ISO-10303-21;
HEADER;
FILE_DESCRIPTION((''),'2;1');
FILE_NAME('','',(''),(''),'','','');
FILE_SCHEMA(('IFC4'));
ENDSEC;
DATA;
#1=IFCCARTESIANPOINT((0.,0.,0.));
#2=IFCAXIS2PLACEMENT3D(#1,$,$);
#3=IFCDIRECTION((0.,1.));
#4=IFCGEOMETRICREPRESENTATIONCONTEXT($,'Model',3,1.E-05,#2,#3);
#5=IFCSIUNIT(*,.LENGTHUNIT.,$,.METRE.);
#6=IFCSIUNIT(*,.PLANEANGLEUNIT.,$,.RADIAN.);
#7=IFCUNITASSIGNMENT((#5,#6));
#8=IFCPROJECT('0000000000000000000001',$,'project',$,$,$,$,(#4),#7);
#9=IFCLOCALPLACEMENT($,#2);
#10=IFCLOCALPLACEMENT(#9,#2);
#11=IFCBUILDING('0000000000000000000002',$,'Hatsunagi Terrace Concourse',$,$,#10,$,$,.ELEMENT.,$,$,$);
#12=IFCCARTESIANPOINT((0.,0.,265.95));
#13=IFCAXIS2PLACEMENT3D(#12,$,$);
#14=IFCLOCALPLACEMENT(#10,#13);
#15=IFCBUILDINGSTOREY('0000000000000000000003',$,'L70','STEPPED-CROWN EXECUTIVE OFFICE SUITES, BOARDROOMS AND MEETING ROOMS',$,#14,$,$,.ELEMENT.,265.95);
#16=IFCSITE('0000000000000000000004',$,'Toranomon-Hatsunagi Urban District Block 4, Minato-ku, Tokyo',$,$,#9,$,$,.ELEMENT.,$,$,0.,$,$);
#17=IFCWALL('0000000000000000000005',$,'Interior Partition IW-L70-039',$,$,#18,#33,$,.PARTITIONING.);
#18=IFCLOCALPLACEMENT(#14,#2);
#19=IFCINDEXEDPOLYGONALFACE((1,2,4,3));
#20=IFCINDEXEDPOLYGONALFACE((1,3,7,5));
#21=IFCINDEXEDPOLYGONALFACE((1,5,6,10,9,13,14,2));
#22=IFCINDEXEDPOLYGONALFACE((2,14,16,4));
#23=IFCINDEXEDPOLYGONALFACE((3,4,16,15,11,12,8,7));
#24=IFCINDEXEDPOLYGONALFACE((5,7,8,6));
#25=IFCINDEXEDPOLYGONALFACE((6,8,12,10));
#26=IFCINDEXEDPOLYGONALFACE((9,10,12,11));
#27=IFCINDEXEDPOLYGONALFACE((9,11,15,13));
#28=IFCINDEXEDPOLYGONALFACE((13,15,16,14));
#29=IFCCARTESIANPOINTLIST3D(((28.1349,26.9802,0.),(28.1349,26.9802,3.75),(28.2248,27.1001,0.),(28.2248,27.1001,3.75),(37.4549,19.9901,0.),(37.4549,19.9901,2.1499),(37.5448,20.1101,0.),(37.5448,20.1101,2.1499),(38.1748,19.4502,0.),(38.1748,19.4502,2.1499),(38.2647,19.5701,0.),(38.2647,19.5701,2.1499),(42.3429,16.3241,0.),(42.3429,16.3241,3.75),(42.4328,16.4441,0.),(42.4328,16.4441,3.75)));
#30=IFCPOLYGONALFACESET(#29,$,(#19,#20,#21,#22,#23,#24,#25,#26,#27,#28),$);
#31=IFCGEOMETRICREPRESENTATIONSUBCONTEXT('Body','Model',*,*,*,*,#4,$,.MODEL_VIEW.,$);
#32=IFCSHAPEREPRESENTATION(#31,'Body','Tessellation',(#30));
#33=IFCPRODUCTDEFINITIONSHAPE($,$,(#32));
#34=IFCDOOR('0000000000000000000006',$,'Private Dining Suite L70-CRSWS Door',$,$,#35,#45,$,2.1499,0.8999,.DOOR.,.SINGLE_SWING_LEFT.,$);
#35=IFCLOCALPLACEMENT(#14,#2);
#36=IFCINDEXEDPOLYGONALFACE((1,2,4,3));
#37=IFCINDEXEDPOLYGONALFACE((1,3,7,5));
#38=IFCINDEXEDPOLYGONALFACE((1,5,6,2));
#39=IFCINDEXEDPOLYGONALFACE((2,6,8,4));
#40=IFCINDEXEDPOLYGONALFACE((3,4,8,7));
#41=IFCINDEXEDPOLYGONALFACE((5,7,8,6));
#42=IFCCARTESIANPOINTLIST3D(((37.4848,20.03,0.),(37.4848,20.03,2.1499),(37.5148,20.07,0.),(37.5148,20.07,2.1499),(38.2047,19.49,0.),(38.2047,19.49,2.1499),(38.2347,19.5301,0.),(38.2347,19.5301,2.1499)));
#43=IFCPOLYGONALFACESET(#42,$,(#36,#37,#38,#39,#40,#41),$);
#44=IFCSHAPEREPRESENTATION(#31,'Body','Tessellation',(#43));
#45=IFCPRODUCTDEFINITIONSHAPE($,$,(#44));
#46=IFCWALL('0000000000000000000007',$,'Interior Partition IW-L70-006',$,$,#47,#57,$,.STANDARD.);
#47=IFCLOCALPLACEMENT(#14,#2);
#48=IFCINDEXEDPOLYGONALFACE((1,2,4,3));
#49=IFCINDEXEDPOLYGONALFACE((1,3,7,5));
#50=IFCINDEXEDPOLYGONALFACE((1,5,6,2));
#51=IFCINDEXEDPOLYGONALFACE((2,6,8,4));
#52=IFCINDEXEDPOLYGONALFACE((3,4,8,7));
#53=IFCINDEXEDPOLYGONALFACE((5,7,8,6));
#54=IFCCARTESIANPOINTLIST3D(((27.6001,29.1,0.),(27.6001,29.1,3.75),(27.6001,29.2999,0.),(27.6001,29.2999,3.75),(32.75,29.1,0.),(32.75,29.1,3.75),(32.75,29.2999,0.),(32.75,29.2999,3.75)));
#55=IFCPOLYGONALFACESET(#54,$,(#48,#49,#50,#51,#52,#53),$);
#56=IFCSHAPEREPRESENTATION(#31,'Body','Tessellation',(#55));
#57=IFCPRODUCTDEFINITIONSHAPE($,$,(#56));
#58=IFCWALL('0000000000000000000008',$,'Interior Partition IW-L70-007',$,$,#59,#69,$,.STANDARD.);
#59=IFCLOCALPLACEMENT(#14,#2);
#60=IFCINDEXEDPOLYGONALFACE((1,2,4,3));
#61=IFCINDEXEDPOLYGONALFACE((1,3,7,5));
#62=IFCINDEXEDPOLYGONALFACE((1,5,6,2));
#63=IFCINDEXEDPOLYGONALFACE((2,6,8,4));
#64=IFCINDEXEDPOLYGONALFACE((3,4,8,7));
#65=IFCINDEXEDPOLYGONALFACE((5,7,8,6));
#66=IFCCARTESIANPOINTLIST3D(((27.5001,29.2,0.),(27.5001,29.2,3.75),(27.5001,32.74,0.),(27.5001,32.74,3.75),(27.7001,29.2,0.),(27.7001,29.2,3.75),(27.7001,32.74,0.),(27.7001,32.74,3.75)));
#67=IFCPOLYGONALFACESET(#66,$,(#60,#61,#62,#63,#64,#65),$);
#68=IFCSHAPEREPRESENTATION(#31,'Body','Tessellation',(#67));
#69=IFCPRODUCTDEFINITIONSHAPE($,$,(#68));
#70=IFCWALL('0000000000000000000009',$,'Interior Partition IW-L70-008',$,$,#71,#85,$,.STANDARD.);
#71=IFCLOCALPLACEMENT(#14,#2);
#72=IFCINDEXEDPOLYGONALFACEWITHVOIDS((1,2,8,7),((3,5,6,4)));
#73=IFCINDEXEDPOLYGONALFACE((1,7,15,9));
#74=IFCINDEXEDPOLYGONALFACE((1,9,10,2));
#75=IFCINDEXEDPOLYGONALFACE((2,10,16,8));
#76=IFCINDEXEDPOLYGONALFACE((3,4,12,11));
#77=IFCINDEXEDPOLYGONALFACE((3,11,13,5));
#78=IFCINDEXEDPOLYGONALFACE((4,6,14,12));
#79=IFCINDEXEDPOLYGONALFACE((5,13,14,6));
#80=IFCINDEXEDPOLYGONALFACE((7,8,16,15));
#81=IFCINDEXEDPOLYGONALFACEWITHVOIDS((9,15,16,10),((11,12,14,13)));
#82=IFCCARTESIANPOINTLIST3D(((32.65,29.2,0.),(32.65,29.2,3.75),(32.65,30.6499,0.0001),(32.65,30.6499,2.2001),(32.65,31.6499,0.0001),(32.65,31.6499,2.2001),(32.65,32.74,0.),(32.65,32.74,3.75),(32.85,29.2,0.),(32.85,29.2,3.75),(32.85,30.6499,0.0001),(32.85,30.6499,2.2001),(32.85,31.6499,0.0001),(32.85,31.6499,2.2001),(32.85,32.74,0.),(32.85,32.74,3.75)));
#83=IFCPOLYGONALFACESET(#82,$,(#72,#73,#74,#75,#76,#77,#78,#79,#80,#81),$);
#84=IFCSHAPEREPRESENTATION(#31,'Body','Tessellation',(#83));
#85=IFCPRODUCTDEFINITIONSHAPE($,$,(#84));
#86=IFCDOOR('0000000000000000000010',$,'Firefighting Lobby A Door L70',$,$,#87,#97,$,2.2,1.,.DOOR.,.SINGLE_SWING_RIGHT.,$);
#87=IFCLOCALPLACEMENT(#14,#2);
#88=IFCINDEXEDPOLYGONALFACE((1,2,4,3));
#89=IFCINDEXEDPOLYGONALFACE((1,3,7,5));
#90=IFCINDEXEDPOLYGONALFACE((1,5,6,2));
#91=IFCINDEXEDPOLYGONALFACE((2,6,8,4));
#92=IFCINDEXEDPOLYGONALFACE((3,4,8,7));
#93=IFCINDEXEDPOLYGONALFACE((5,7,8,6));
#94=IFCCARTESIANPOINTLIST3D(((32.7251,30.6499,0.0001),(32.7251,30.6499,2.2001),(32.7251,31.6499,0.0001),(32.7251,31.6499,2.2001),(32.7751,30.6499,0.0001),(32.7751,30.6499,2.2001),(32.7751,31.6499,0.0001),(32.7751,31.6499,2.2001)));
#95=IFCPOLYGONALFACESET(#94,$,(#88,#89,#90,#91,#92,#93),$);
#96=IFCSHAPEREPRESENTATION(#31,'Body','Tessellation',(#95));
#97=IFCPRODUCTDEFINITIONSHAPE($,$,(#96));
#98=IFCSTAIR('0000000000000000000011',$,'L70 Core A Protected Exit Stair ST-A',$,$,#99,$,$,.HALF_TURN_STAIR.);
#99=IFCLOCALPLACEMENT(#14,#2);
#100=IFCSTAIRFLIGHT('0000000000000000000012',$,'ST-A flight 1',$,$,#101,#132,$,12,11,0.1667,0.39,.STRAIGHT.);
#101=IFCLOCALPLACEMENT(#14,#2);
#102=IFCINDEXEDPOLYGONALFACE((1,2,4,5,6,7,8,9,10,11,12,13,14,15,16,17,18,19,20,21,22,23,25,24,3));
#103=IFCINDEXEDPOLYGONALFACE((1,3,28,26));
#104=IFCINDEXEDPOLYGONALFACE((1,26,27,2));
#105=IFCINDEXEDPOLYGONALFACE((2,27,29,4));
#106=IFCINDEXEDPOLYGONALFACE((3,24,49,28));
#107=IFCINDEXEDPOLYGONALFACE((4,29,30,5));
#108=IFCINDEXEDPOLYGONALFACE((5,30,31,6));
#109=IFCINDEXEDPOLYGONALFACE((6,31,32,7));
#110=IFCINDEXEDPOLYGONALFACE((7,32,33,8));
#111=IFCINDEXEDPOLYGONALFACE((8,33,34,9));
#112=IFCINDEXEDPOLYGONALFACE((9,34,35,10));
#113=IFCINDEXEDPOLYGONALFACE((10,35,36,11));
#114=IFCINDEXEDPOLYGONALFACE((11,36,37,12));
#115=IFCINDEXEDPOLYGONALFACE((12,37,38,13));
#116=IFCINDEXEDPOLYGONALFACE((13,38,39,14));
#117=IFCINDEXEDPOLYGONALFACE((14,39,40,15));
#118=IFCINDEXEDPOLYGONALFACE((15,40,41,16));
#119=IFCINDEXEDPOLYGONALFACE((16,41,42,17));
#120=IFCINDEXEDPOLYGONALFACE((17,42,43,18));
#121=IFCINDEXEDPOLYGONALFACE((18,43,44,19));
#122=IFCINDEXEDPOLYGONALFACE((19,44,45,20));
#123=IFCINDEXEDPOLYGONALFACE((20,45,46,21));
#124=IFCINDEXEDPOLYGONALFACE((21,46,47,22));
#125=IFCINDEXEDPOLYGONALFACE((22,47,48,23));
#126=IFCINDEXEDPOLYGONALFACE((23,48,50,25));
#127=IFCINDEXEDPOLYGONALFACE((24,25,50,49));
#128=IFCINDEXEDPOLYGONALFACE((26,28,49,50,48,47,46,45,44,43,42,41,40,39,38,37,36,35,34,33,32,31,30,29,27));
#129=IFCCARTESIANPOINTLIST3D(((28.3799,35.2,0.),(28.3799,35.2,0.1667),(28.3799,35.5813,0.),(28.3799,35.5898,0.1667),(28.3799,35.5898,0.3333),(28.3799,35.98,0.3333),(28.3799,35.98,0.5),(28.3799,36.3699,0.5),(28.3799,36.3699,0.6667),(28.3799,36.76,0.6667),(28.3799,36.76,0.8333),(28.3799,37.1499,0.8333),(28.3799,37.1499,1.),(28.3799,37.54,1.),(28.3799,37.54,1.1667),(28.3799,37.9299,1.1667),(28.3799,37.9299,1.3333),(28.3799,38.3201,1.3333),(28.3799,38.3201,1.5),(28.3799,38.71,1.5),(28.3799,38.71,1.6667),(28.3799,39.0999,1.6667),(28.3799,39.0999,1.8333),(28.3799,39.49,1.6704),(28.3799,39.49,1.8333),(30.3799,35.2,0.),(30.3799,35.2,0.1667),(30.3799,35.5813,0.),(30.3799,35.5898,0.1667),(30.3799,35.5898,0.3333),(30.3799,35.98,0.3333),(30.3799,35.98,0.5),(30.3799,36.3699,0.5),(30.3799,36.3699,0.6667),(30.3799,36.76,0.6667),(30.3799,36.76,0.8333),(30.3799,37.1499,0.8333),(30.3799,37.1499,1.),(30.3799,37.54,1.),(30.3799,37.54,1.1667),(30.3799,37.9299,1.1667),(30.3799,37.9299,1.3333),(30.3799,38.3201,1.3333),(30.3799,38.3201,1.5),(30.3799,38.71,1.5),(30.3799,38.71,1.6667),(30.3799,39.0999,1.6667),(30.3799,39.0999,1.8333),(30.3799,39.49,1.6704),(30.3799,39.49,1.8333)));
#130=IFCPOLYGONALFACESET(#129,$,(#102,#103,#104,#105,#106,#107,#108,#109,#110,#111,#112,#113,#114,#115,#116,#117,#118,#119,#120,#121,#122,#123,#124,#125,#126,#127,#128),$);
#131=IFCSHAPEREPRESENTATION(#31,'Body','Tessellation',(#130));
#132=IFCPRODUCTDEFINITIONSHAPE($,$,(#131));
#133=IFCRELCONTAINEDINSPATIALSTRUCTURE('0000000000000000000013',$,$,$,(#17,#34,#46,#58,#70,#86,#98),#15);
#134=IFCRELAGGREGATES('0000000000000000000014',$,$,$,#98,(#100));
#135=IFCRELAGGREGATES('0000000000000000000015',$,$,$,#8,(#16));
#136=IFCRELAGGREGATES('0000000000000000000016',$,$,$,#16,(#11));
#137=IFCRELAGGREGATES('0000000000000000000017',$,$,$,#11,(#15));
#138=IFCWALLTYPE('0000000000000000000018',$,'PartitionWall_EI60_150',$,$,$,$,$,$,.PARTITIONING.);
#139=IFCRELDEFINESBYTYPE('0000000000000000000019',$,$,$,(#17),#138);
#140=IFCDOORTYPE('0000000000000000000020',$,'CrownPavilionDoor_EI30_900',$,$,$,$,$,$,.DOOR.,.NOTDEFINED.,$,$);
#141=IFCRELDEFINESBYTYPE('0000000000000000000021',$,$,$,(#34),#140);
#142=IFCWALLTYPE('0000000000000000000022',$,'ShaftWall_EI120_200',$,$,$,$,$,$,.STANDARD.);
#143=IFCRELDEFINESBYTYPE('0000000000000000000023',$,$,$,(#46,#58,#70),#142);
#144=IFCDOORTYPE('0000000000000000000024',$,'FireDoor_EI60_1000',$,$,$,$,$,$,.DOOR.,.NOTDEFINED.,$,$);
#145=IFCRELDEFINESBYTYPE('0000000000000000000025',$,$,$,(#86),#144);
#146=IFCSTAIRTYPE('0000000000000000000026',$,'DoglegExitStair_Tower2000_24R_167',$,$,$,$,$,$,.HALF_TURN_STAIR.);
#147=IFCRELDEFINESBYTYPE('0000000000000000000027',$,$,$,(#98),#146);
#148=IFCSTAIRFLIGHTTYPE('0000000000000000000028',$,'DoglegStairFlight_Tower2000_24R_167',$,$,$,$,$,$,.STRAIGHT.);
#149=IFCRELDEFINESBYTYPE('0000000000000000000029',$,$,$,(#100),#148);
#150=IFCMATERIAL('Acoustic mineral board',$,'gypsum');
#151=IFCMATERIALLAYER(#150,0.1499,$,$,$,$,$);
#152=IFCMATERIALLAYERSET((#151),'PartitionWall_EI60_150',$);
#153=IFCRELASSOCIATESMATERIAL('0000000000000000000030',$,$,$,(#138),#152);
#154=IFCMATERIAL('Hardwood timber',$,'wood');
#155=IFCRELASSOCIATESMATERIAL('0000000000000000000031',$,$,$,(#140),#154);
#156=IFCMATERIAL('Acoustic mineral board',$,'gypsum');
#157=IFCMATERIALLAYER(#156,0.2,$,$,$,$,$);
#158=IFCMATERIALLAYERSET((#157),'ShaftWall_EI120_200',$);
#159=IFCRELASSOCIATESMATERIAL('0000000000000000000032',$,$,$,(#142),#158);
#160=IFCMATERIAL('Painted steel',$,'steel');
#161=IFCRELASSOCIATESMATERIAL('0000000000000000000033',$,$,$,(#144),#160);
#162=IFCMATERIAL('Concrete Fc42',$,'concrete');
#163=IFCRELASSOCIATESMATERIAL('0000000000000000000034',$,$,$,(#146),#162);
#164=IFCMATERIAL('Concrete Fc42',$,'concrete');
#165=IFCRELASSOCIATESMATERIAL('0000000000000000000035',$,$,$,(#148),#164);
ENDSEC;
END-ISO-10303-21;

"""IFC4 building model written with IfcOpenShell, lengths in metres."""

from ifc_helpers import new_model, si_unit, direction, frame, frame_2d, origin, place, context, subcontext, project, spatial, polyline, rectangle, outline, extrude, material, layer, layer_set, type_object, element, fill, aggregate, save


model = new_model("IFC4")

# Units and contexts
model_context = context("Model", 3, precision=1e-05, world=origin(), true_north=direction((0.0, 1.0)))
body_context = subcontext(model_context, "Body", "Model", "MODEL_VIEW")
ifc_project = project(units=[si_unit("LENGTHUNIT", "METRE"), si_unit("PLANEANGLEUNIT", "RADIAN")], contexts=[model_context])

# Site, building, storey
site_placement = place(None, origin())
site = spatial("IfcSite", under=ifc_project, at=site_placement, Name="Toranomon-Hatsunagi Urban District Block 4, Minato-ku, Tokyo", CompositionType="ELEMENT", RefElevation=0.0)
building_placement = place(site_placement, origin())
building = spatial("IfcBuilding", under=site, at=building_placement, Name="Hatsunagi Terrace Concourse", CompositionType="ELEMENT")
storey_placement = place(building_placement, frame((0.0, 0.0, 265.95)))
storey = spatial("IfcBuildingStorey", under=building, at=storey_placement, Name="L70", Description="STEPPED-CROWN EXECUTIVE OFFICE SUITES, BOARDROOMS AND MEETING ROOMS", CompositionType="ELEMENT", Elevation=265.95)

# Shared definitions
ifc_material_1 = material(Name="Acoustic mineral board", Category="gypsum")
ifc_layer_1 = layer(ifc_material_1, 0.1499)
ifc_layer_set_1 = layer_set([ifc_layer_1], Name="PartitionWall_EI60_150")
wall_type_1 = type_object("IfcWallType", Name="PartitionWall_EI60_150", PredefinedType="PARTITIONING", material=ifc_layer_set_1)

# Wall, opening, door
wall_1_placement = place(storey_placement, frame((28.1799, 27.04, 0.0), z_axis=(0.0, 0.0, 1.0), x_axis=(0.8, -0.6, 0.0)))
wall_1 = element("IfcWall", 1, at=wall_1_placement, inside=storey, type_object=wall_type_1, Name="Interior Partition IW-L70-039", PredefinedType="PARTITIONING", context=body_context, shape_type="SweptSolid", body=[
    extrude(rectangle(XDim=17.76, YDim=0.1499, at=frame_2d((8.8799, 0.0))), origin(), (0.0, 0.0, 1.0), 3.75),
])
opening_1_placement = place(wall_1_placement, frame((11.6499, 0.0, 0.0)))
opening_1 = element("IfcOpeningElement", 2, at=opening_1_placement, cuts=wall_1, PredefinedType="OPENING", context=body_context, shape_type="SweptSolid", body=[
    extrude(rectangle(XDim=0.8999, YDim=2.1499, at=frame_2d((0.45, 1.075))), frame((0.0, 0.085, 0.0), z_axis=(0.0, -1.0, 0.0), x_axis=(1.0, 0.0, 0.0)), (0.0, 0.0, 1.0), 0.1699),
])
ifc_material_2 = material(Name="Hardwood timber", Category="wood")
door_type_1 = type_object("IfcDoorType", Name="CrownPavilionDoor_EI30_900", OperationType="NOTDEFINED", PredefinedType="DOOR", material=ifc_material_2)
door_1_placement = place(opening_1_placement, origin())
door_1 = element("IfcDoor", 3, at=door_1_placement, inside=storey, type_object=door_type_1, Name="Private Dining Suite L70-CRSWS Door", OperationType="SINGLE_SWING_LEFT", OverallHeight=2.1499, OverallWidth=0.8999, PredefinedType="DOOR", context=body_context, shape_type="SweptSolid", body=[
    extrude(rectangle(XDim=0.8999, YDim=2.1499, at=frame_2d((0.45, 1.075))), frame((0.0, 0.0249, 0.0), z_axis=(0.0, -1.0, 0.0), x_axis=(1.0, 0.0, 0.0)), (0.0, 0.0, 1.0), 0.05),
])
fill(opening_1, door_1)

# Walls
ifc_material_3 = material(Name="Acoustic mineral board", Category="gypsum")
ifc_layer_2 = layer(ifc_material_3, 0.2)
ifc_layer_set_2 = layer_set([ifc_layer_2], Name="ShaftWall_EI120_200")
wall_type_2 = type_object("IfcWallType", Name="ShaftWall_EI120_200", PredefinedType="STANDARD", material=ifc_layer_set_2)
wall_2_placement = place(storey_placement, frame((27.6001, 29.2, 0.0), z_axis=(0.0, 0.0, 1.0), x_axis=(1.0, 0.0, 0.0)))
element("IfcWall", 4, at=wall_2_placement, inside=storey, type_object=wall_type_2, Name="Interior Partition IW-L70-006", PredefinedType="STANDARD", context=body_context, shape_type="SweptSolid", body=[
    extrude(rectangle(XDim=5.1499, YDim=0.2, at=frame_2d((2.575, 0.0))), origin(), (0.0, 0.0, 1.0), 3.75),
])
wall_3_placement = place(storey_placement, frame((27.6001, 29.2, 0.0), z_axis=(0.0, 0.0, 1.0), x_axis=(0.0, 1.0, 0.0)))
element("IfcWall", 5, at=wall_3_placement, inside=storey, type_object=wall_type_2, Name="Interior Partition IW-L70-007", PredefinedType="STANDARD", context=body_context, shape_type="SweptSolid", body=[
    extrude(rectangle(XDim=3.54, YDim=0.2, at=frame_2d((1.77, 0.0))), origin(), (0.0, 0.0, 1.0), 3.75),
])

# Wall, opening, door
wall_4_placement = place(storey_placement, frame((32.75, 29.2, 0.0), z_axis=(0.0, 0.0, 1.0), x_axis=(0.0, 1.0, 0.0)))
wall_4 = element("IfcWall", 6, at=wall_4_placement, inside=storey, type_object=wall_type_2, Name="Interior Partition IW-L70-008", PredefinedType="STANDARD", context=body_context, shape_type="SweptSolid", body=[
    extrude(rectangle(XDim=3.54, YDim=0.2, at=frame_2d((1.77, 0.0))), origin(), (0.0, 0.0, 1.0), 3.75),
])
opening_2_placement = place(wall_4_placement, frame((1.45, 0.0, 0.0)))
opening_2 = element("IfcOpeningElement", 7, at=opening_2_placement, cuts=wall_4, PredefinedType="OPENING", context=body_context, shape_type="SweptSolid", body=[
    extrude(rectangle(XDim=1.0, YDim=2.2, at=frame_2d((0.5, 1.1001))), frame((0.0, 0.1099, 0.0), z_axis=(0.0, -1.0, 0.0), x_axis=(1.0, 0.0, 0.0)), (0.0, 0.0, 1.0), 0.22),
])
ifc_material_4 = material(Name="Painted steel", Category="steel")
door_type_2 = type_object("IfcDoorType", Name="FireDoor_EI60_1000", OperationType="NOTDEFINED", PredefinedType="DOOR", material=ifc_material_4)
door_2_placement = place(opening_2_placement, origin())
door_2 = element("IfcDoor", 8, at=door_2_placement, inside=storey, type_object=door_type_2, Name="Firefighting Lobby A Door L70", OperationType="SINGLE_SWING_RIGHT", OverallHeight=2.2, OverallWidth=1.0, PredefinedType="DOOR", context=body_context, shape_type="SweptSolid", body=[
    extrude(rectangle(XDim=1.0, YDim=2.2, at=frame_2d((0.5, 1.1001))), frame((0.0, 0.0249, 0.0), z_axis=(0.0, -1.0, 0.0), x_axis=(1.0, 0.0, 0.0)), (0.0, 0.0, 1.0), 0.05),
])
fill(opening_2, door_2)

# Stair, stair flight
ifc_material_5 = material(Name="Concrete Fc42", Category="concrete")
stair_type = type_object("IfcStairType", Name="DoglegExitStair_Tower2000_24R_167", PredefinedType="HALF_TURN_STAIR", material=ifc_material_5)
stair_placement = place(storey_placement, origin())
stair = element("IfcStair", 9, at=stair_placement, inside=storey, type_object=stair_type, Name="L70 Core A Protected Exit Stair ST-A", PredefinedType="HALF_TURN_STAIR")
ifc_material_6 = material(Name="Concrete Fc42", Category="concrete")
stair_flight_type = type_object("IfcStairFlightType", Name="DoglegStairFlight_Tower2000_24R_167", PredefinedType="STRAIGHT", material=ifc_material_6)
stair_flight_placement = place(storey_placement, frame((29.3799, 35.2, 0.0), z_axis=(0.0, 0.0, 1.0), x_axis=(0.0, 1.0, 0.0)))
stair_flight = element("IfcStairFlight", 10, at=stair_flight_placement, type_object=stair_flight_type, Name="ST-A flight 1", NumberOfRisers=12, NumberOfTreads=11, PredefinedType="STRAIGHT", RiserHeight=0.1667, TreadLength=0.39, context=body_context, shape_type="SweptSolid", body=[
    extrude(outline(polyline([(0.0, 0.0), (0.0, 0.1667), (0.3899, 0.1667), (0.3899, 0.3333), (0.78, 0.3333), (0.78, 0.5), (1.1699, 0.5), (1.1699, 0.6667), (1.5601, 0.6667), (1.5601, 0.8333), (1.95, 0.8333), (1.95, 1.0), (2.3401, 1.0), (2.3401, 1.1667), (2.73, 1.1667), (2.73, 1.3333), (3.1201, 1.3333), (3.1201, 1.5), (3.51, 1.5), (3.51, 1.6667), (3.8999, 1.6667), (3.8999, 1.8333), (4.29, 1.8333), (4.29, 2.0), (4.29, 1.6704), (0.3813, 0.0), (0.0, 0.0)])), frame((0.0, 1.0, 0.0), z_axis=(0.0, -1.0, 0.0), x_axis=(1.0, 0.0, 0.0)), (0.0, 0.0, 1.0), 2.0),
])
aggregate(stair, [stair_flight])

save(model, "model.ifc")
